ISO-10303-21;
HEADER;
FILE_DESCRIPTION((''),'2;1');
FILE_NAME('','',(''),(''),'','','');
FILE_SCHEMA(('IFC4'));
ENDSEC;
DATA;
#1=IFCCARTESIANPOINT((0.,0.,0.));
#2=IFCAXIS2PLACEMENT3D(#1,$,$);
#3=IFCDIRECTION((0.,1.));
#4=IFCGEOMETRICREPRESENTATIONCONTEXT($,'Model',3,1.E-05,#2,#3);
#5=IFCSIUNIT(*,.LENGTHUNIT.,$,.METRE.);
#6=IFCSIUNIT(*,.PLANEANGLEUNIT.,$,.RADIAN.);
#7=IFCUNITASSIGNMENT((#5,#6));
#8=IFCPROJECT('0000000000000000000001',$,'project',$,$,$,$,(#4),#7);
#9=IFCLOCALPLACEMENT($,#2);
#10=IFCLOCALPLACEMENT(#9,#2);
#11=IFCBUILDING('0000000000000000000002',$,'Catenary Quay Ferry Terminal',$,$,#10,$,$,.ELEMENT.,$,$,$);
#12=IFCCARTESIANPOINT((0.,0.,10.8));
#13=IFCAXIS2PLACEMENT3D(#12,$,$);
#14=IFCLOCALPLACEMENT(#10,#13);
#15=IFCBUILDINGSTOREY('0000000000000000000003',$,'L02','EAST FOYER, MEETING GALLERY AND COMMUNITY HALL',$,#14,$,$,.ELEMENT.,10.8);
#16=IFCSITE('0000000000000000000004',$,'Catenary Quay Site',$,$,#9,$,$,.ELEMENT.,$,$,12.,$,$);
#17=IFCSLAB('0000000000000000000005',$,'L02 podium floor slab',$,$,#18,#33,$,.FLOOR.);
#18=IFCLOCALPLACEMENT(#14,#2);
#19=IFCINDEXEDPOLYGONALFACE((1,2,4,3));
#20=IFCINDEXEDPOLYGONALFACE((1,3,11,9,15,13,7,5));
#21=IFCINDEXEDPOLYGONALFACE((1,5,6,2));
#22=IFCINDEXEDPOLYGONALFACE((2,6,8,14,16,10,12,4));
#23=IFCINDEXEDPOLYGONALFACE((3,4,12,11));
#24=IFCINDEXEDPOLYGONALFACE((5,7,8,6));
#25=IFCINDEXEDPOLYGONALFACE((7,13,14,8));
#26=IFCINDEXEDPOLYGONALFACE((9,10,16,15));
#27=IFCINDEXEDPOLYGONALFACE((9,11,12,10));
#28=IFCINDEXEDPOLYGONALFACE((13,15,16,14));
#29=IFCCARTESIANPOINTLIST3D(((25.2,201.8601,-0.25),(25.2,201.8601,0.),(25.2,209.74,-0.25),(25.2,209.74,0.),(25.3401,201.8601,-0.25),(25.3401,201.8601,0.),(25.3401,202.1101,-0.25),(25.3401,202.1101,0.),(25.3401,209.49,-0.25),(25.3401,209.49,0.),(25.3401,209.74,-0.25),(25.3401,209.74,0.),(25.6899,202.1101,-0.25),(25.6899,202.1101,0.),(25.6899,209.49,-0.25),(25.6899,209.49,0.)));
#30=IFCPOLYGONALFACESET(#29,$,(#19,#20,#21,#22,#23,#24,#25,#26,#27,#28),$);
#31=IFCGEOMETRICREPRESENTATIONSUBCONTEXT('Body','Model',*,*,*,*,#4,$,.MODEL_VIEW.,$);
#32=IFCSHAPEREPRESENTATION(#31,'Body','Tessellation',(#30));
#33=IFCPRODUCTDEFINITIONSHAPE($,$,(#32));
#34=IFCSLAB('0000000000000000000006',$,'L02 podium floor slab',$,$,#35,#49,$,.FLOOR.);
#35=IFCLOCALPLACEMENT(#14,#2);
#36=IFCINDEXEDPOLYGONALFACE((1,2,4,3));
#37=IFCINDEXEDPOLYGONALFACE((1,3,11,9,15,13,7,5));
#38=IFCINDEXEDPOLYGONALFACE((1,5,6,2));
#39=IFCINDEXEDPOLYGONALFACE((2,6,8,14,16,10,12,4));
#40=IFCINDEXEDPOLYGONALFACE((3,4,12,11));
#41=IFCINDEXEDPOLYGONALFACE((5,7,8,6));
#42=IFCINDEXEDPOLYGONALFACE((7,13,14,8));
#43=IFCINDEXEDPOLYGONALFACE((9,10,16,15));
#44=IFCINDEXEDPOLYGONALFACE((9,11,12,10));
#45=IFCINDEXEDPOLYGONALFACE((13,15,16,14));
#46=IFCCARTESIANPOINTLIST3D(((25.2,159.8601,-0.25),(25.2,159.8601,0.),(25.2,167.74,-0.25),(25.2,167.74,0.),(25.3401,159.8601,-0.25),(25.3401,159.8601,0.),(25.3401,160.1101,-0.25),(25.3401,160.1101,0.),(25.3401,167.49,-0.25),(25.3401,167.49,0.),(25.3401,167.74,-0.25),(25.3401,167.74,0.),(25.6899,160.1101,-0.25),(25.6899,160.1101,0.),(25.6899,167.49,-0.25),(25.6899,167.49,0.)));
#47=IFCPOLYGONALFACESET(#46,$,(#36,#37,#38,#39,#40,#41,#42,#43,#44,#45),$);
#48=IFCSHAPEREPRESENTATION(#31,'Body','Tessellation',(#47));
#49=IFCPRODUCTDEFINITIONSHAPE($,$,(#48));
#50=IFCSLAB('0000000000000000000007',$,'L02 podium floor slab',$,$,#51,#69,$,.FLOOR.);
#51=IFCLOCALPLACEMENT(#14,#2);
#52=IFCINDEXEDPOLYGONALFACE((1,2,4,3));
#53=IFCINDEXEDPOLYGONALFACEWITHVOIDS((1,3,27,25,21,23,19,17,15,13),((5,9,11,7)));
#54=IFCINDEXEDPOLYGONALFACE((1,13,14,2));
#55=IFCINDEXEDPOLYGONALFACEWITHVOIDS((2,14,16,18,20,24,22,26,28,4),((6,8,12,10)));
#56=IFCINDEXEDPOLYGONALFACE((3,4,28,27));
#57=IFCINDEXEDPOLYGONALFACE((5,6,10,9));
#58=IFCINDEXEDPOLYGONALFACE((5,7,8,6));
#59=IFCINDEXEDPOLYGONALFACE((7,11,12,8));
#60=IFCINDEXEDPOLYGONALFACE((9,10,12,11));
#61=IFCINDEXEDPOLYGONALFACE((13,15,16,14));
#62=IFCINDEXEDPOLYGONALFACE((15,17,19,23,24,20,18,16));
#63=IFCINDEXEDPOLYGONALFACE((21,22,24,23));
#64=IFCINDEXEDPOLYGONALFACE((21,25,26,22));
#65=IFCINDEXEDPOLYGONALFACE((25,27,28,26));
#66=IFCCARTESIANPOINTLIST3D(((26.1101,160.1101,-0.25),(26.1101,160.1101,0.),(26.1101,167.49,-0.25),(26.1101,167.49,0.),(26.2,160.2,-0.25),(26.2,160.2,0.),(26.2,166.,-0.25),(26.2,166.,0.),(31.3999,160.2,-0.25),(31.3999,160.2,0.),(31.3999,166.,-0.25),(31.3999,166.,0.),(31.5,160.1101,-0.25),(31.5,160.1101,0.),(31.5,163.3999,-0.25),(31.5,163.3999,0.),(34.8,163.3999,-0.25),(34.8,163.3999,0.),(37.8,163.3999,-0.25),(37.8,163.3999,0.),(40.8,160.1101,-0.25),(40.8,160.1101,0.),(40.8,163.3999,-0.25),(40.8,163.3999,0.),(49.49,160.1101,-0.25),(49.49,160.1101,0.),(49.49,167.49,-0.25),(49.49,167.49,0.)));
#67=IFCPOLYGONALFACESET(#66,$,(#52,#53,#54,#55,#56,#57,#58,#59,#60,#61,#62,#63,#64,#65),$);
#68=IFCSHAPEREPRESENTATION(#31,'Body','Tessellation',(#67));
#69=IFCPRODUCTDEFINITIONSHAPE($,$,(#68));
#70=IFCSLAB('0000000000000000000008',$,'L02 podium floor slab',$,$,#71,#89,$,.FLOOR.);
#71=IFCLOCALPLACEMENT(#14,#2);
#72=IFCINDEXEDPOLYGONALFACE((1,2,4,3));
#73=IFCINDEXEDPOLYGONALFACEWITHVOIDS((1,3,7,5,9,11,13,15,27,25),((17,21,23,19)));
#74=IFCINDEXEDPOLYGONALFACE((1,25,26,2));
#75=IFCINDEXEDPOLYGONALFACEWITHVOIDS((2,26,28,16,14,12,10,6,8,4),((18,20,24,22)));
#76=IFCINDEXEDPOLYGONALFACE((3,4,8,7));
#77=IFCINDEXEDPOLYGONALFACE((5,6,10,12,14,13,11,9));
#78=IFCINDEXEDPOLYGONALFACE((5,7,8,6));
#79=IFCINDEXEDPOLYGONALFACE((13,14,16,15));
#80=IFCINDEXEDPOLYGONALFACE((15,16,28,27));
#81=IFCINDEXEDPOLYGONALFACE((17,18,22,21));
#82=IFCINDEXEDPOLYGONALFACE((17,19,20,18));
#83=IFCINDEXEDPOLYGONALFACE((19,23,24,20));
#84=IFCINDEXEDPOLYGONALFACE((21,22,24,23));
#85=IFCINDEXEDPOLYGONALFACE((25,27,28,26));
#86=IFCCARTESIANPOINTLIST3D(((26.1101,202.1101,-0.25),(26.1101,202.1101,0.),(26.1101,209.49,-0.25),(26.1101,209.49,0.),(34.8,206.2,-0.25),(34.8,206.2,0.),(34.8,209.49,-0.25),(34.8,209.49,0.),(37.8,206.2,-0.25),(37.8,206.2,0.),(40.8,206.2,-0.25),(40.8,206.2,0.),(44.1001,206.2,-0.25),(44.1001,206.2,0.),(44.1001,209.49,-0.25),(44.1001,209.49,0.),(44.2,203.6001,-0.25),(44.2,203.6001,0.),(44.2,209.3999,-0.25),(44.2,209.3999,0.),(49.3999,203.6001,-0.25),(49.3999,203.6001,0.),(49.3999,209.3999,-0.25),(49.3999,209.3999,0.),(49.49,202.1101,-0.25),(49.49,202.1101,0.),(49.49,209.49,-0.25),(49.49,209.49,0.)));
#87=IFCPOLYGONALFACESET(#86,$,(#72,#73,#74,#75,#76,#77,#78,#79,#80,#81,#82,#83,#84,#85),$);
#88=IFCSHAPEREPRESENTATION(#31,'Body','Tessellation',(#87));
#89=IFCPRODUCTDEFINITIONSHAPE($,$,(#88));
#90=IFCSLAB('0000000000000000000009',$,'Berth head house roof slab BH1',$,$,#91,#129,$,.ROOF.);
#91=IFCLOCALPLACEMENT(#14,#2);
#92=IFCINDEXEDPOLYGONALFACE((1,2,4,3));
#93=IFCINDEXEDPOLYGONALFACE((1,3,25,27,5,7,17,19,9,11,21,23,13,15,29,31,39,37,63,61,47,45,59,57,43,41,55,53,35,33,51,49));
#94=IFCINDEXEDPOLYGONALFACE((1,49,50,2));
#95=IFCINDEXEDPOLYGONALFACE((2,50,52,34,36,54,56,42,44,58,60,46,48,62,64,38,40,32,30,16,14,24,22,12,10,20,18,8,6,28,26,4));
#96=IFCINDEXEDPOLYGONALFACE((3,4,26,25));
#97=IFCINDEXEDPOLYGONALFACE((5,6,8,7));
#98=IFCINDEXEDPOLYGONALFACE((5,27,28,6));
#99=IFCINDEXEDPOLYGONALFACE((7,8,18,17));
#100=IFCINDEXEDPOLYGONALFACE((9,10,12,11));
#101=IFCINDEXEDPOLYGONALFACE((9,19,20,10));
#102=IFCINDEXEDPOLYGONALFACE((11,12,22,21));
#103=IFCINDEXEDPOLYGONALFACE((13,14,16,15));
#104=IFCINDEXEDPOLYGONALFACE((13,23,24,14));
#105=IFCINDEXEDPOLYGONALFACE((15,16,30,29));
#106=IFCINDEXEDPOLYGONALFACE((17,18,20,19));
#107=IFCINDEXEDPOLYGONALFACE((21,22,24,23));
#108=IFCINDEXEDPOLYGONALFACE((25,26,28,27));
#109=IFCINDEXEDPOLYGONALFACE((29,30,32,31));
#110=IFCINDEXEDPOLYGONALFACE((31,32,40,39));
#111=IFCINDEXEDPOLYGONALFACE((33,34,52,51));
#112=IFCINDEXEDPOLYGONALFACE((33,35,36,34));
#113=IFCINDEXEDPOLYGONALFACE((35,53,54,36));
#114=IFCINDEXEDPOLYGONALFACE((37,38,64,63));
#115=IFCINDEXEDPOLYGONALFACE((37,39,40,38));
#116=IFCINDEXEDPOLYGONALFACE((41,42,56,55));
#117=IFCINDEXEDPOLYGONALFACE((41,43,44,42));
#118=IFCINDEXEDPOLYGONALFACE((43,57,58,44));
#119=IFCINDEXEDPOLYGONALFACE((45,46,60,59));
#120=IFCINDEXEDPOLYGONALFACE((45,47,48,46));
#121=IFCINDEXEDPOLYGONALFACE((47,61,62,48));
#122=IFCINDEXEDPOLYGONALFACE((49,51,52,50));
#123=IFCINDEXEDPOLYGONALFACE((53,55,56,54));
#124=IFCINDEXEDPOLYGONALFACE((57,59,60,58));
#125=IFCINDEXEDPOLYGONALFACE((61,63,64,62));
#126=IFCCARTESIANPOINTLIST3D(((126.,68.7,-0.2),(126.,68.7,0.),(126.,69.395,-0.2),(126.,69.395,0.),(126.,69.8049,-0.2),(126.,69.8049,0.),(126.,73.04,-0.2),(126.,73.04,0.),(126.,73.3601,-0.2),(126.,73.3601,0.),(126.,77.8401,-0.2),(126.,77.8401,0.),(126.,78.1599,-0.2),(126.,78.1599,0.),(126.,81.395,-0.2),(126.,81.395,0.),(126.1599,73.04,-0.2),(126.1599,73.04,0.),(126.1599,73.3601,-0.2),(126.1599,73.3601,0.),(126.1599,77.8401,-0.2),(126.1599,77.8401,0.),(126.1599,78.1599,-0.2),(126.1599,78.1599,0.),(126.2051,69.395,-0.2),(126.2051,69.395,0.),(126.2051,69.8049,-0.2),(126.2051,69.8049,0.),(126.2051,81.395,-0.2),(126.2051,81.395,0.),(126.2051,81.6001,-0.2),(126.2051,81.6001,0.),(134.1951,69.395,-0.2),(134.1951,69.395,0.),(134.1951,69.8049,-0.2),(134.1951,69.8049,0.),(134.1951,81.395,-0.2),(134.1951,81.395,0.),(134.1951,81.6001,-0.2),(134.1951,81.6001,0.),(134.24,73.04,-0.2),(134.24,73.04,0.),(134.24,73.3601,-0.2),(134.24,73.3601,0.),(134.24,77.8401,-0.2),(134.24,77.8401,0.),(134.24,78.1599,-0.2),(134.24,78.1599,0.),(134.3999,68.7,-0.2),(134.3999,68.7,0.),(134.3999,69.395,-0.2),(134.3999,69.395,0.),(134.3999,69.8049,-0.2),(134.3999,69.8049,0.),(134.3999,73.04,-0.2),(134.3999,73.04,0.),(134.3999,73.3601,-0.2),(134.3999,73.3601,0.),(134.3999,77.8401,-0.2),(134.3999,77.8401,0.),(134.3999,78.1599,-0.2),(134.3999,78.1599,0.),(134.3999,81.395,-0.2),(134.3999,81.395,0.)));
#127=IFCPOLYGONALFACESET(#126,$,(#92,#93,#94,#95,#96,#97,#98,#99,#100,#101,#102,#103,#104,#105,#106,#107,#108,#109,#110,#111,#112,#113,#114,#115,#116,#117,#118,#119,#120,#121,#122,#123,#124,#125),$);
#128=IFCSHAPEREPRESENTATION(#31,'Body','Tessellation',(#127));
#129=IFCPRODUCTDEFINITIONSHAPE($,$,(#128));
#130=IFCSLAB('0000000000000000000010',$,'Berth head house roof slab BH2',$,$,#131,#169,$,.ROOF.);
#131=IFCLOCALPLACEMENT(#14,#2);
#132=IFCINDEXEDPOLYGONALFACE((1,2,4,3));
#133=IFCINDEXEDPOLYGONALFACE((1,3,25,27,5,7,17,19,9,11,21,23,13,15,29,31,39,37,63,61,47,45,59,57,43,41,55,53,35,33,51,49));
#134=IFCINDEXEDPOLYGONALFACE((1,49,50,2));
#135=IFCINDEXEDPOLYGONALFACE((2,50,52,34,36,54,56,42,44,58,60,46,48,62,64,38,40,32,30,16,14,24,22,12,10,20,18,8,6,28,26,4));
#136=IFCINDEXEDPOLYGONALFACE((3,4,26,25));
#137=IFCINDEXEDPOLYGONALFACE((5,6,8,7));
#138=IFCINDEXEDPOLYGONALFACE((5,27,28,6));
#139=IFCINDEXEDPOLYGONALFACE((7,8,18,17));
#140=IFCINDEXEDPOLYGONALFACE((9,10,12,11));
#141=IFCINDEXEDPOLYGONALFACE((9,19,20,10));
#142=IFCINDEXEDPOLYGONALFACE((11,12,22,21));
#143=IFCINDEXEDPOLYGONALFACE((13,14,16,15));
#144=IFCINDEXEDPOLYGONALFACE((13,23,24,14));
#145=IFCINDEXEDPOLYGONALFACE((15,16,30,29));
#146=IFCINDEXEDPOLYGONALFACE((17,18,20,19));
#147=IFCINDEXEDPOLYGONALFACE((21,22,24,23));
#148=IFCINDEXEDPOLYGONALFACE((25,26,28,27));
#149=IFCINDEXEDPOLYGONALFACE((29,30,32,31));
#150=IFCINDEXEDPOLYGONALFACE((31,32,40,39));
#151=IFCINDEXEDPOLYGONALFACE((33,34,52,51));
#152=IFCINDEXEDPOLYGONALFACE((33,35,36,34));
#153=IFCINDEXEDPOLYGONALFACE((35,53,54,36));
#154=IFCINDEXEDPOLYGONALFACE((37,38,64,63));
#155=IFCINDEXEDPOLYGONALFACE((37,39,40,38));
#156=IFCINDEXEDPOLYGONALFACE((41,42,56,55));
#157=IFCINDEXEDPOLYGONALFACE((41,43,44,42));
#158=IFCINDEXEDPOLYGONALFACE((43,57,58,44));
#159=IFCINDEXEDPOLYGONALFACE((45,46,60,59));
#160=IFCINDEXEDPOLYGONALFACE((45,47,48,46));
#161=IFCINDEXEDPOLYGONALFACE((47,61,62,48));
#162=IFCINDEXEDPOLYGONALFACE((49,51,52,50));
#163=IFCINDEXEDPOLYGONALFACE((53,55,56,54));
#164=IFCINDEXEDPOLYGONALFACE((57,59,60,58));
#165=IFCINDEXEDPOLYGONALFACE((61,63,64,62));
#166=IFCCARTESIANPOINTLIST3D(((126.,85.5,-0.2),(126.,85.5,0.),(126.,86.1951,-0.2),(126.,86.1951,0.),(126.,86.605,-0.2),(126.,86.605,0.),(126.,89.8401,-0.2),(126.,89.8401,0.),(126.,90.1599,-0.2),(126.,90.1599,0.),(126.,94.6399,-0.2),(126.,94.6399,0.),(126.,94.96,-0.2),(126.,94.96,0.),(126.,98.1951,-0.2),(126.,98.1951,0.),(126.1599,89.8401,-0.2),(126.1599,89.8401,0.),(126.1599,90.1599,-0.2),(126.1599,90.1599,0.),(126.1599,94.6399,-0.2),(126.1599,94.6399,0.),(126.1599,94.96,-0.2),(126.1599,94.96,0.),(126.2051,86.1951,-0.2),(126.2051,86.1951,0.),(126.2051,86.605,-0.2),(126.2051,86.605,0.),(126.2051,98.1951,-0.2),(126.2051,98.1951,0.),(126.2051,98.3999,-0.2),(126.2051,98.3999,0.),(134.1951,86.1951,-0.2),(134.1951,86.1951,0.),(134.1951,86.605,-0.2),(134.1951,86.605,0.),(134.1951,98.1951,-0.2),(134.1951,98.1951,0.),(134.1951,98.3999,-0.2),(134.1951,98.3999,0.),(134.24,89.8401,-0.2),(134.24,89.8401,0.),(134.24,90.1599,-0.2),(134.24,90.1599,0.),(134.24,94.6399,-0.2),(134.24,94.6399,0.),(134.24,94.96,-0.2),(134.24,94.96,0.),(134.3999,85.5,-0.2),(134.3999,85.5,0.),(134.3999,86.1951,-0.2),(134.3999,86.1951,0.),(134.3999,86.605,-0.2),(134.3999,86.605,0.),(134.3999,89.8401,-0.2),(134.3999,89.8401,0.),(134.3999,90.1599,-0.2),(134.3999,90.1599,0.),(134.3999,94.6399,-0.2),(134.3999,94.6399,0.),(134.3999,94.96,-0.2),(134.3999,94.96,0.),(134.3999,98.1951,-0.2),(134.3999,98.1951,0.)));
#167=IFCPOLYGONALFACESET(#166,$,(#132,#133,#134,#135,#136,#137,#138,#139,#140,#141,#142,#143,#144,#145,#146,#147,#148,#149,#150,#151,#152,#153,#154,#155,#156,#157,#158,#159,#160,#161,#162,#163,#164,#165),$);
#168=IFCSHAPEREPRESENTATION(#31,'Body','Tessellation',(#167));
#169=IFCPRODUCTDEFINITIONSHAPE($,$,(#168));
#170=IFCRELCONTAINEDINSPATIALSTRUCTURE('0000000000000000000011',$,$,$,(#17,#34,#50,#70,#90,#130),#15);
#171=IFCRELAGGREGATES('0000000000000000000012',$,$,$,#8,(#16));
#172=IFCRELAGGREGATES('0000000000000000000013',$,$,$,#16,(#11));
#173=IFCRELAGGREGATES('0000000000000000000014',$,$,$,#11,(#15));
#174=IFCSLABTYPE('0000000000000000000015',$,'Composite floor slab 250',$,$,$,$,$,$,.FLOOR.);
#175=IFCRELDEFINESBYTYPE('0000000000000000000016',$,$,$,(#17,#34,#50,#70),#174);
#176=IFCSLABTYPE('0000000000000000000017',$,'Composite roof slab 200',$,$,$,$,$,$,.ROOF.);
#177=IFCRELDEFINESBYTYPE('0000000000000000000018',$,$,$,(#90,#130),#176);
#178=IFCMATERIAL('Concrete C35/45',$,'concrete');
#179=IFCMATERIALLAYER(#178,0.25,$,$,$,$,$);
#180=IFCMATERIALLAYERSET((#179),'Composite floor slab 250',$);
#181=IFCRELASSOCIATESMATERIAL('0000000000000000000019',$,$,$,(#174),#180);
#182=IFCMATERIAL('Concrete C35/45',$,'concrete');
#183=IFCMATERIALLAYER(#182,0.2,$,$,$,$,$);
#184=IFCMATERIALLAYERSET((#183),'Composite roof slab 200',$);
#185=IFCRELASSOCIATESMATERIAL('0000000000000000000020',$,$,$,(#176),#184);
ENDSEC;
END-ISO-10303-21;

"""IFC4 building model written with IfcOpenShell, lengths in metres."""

from ifc_helpers import new_model, si_unit, direction, frame, origin, place, context, subcontext, project, spatial, polyline, outline, extrude, material, layer, layer_set, type_object, element, save


model = new_model("IFC4")

# Units and contexts
model_context = context("Model", 3, precision=1e-05, world=origin(), true_north=direction((0.0, 1.0)))
body_context = subcontext(model_context, "Body", "Model", "MODEL_VIEW")
ifc_project = project(units=[si_unit("LENGTHUNIT", "METRE"), si_unit("PLANEANGLEUNIT", "RADIAN")], contexts=[model_context])

# Site, building, storey
site_placement = place(None, origin())
site = spatial("IfcSite", under=ifc_project, at=site_placement, Name="Catenary Quay Site", CompositionType="ELEMENT", RefElevation=12.0)
building_placement = place(site_placement, origin())
building = spatial("IfcBuilding", under=site, at=building_placement, Name="Catenary Quay Ferry Terminal", CompositionType="ELEMENT")
storey_placement = place(building_placement, frame((0.0, 0.0, 10.8)))
storey = spatial("IfcBuildingStorey", under=building, at=storey_placement, Name="L02", Description="EAST FOYER, MEETING GALLERY AND COMMUNITY HALL", CompositionType="ELEMENT", Elevation=10.8)

# Slabs
ifc_material_1 = material(Name="Concrete C35/45", Category="concrete")
ifc_layer_1 = layer(ifc_material_1, 0.25)
ifc_layer_set_1 = layer_set([ifc_layer_1], Name="Composite floor slab 250")
slab_type_1 = type_object("IfcSlabType", Name="Composite floor slab 250", PredefinedType="FLOOR", material=ifc_layer_set_1)
slab_1_placement = place(storey_placement, frame((0.0, 0.0, -0.25)))
element("IfcSlab", 1, at=slab_1_placement, inside=storey, type_object=slab_type_1, Name="L02 podium floor slab", PredefinedType="FLOOR", context=body_context, shape_type="SweptSolid", body=[
    extrude(outline(polyline([(25.2, 209.74), (25.3401, 209.74), (25.3401, 209.49), (25.6899, 209.49), (25.6899, 202.1101), (25.3401, 202.1101), (25.3401, 201.8601), (25.2, 201.8601), (25.2, 209.74)])), origin(), (0.0, 0.0, 1.0), 0.25),
])
slab_2_placement = place(storey_placement, frame((0.0, 0.0, -0.25)))
element("IfcSlab", 2, at=slab_2_placement, inside=storey, type_object=slab_type_1, Name="L02 podium floor slab", PredefinedType="FLOOR", context=body_context, shape_type="SweptSolid", body=[
    extrude(outline(polyline([(25.2, 167.74), (25.3401, 167.74), (25.3401, 167.49), (25.6899, 167.49), (25.6899, 160.1101), (25.3401, 160.1101), (25.3401, 159.8601), (25.2, 159.8601), (25.2, 167.74)])), origin(), (0.0, 0.0, 1.0), 0.25),
])
slab_3_placement = place(storey_placement, frame((0.0, 0.0, -0.25)))
element("IfcSlab", 3, at=slab_3_placement, inside=storey, type_object=slab_type_1, Name="L02 podium floor slab", PredefinedType="FLOOR", context=body_context, shape_type="SweptSolid", body=[
    extrude(outline(polyline([(31.5, 163.3999), (31.5, 160.1101), (26.1101, 160.1101), (26.1101, 167.49), (49.49, 167.49), (49.49, 160.1101), (40.8, 160.1101), (40.8, 163.3999), (37.8, 163.3999), (34.8, 163.3999), (31.5, 163.3999)]), holes=[polyline([(31.3999, 160.2), (31.3999, 166.0), (26.2, 166.0), (26.2, 160.2), (31.3999, 160.2)])]), origin(), (0.0, 0.0, 1.0), 0.25),
])
slab_4_placement = place(storey_placement, frame((0.0, 0.0, -0.25)))
element("IfcSlab", 4, at=slab_4_placement, inside=storey, type_object=slab_type_1, Name="L02 podium floor slab", PredefinedType="FLOOR", context=body_context, shape_type="SweptSolid", body=[
    extrude(outline(polyline([(49.49, 209.49), (49.49, 202.1101), (26.1101, 202.1101), (26.1101, 209.49), (34.8, 209.49), (34.8, 206.2), (37.8, 206.2), (40.8, 206.2), (44.1001, 206.2), (44.1001, 209.49), (49.49, 209.49)]), holes=[polyline([(49.3999, 203.6001), (49.3999, 209.3999), (44.2, 209.3999), (44.2, 203.6001), (49.3999, 203.6001)])]), origin(), (0.0, 0.0, 1.0), 0.25),
])
ifc_material_2 = material(Name="Concrete C35/45", Category="concrete")
ifc_layer_2 = layer(ifc_material_2, 0.2)
ifc_layer_set_2 = layer_set([ifc_layer_2], Name="Composite roof slab 200")
slab_type_2 = type_object("IfcSlabType", Name="Composite roof slab 200", PredefinedType="ROOF", material=ifc_layer_set_2)
slab_5_placement = place(storey_placement, frame((0.0, 0.0, -0.2)))
element("IfcSlab", 5, at=slab_5_placement, inside=storey, type_object=slab_type_2, Name="Berth head house roof slab BH1", PredefinedType="ROOF", context=body_context, shape_type="SweptSolid", body=[
    extrude(outline(polyline([(134.3999, 68.7), (126.0, 68.7), (126.0, 69.395), (126.2051, 69.395), (126.2051, 69.8049), (126.0, 69.8049), (126.0, 73.04), (126.1599, 73.04), (126.1599, 73.3601), (126.0, 73.3601), (126.0, 77.8401), (126.1599, 77.8401), (126.1599, 78.1599), (126.0, 78.1599), (126.0, 81.395), (126.2051, 81.395), (126.2051, 81.6001), (134.1951, 81.6001), (134.1951, 81.395), (134.3999, 81.395), (134.3999, 78.1599), (134.24, 78.1599), (134.24, 77.8401), (134.3999, 77.8401), (134.3999, 73.3601), (134.24, 73.3601), (134.24, 73.04), (134.3999, 73.04), (134.3999, 69.8049), (134.1951, 69.8049), (134.1951, 69.395), (134.3999, 69.395), (134.3999, 68.7)])), origin(), (0.0, 0.0, 1.0), 0.2),
])
slab_6_placement = place(storey_placement, frame((0.0, 0.0, -0.2)))
element("IfcSlab", 6, at=slab_6_placement, inside=storey, type_object=slab_type_2, Name="Berth head house roof slab BH2", PredefinedType="ROOF", context=body_context, shape_type="SweptSolid", body=[
    extrude(outline(polyline([(134.3999, 85.5), (126.0, 85.5), (126.0, 86.1951), (126.2051, 86.1951), (126.2051, 86.605), (126.0, 86.605), (126.0, 89.8401), (126.1599, 89.8401), (126.1599, 90.1599), (126.0, 90.1599), (126.0, 94.6399), (126.1599, 94.6399), (126.1599, 94.96), (126.0, 94.96), (126.0, 98.1951), (126.2051, 98.1951), (126.2051, 98.3999), (134.1951, 98.3999), (134.1951, 98.1951), (134.3999, 98.1951), (134.3999, 94.96), (134.24, 94.96), (134.24, 94.6399), (134.3999, 94.6399), (134.3999, 90.1599), (134.24, 90.1599), (134.24, 89.8401), (134.3999, 89.8401), (134.3999, 86.605), (134.1951, 86.605), (134.1951, 86.1951), (134.3999, 86.1951), (134.3999, 85.5)])), origin(), (0.0, 0.0, 1.0), 0.2),
])

save(model, "model.ifc")
